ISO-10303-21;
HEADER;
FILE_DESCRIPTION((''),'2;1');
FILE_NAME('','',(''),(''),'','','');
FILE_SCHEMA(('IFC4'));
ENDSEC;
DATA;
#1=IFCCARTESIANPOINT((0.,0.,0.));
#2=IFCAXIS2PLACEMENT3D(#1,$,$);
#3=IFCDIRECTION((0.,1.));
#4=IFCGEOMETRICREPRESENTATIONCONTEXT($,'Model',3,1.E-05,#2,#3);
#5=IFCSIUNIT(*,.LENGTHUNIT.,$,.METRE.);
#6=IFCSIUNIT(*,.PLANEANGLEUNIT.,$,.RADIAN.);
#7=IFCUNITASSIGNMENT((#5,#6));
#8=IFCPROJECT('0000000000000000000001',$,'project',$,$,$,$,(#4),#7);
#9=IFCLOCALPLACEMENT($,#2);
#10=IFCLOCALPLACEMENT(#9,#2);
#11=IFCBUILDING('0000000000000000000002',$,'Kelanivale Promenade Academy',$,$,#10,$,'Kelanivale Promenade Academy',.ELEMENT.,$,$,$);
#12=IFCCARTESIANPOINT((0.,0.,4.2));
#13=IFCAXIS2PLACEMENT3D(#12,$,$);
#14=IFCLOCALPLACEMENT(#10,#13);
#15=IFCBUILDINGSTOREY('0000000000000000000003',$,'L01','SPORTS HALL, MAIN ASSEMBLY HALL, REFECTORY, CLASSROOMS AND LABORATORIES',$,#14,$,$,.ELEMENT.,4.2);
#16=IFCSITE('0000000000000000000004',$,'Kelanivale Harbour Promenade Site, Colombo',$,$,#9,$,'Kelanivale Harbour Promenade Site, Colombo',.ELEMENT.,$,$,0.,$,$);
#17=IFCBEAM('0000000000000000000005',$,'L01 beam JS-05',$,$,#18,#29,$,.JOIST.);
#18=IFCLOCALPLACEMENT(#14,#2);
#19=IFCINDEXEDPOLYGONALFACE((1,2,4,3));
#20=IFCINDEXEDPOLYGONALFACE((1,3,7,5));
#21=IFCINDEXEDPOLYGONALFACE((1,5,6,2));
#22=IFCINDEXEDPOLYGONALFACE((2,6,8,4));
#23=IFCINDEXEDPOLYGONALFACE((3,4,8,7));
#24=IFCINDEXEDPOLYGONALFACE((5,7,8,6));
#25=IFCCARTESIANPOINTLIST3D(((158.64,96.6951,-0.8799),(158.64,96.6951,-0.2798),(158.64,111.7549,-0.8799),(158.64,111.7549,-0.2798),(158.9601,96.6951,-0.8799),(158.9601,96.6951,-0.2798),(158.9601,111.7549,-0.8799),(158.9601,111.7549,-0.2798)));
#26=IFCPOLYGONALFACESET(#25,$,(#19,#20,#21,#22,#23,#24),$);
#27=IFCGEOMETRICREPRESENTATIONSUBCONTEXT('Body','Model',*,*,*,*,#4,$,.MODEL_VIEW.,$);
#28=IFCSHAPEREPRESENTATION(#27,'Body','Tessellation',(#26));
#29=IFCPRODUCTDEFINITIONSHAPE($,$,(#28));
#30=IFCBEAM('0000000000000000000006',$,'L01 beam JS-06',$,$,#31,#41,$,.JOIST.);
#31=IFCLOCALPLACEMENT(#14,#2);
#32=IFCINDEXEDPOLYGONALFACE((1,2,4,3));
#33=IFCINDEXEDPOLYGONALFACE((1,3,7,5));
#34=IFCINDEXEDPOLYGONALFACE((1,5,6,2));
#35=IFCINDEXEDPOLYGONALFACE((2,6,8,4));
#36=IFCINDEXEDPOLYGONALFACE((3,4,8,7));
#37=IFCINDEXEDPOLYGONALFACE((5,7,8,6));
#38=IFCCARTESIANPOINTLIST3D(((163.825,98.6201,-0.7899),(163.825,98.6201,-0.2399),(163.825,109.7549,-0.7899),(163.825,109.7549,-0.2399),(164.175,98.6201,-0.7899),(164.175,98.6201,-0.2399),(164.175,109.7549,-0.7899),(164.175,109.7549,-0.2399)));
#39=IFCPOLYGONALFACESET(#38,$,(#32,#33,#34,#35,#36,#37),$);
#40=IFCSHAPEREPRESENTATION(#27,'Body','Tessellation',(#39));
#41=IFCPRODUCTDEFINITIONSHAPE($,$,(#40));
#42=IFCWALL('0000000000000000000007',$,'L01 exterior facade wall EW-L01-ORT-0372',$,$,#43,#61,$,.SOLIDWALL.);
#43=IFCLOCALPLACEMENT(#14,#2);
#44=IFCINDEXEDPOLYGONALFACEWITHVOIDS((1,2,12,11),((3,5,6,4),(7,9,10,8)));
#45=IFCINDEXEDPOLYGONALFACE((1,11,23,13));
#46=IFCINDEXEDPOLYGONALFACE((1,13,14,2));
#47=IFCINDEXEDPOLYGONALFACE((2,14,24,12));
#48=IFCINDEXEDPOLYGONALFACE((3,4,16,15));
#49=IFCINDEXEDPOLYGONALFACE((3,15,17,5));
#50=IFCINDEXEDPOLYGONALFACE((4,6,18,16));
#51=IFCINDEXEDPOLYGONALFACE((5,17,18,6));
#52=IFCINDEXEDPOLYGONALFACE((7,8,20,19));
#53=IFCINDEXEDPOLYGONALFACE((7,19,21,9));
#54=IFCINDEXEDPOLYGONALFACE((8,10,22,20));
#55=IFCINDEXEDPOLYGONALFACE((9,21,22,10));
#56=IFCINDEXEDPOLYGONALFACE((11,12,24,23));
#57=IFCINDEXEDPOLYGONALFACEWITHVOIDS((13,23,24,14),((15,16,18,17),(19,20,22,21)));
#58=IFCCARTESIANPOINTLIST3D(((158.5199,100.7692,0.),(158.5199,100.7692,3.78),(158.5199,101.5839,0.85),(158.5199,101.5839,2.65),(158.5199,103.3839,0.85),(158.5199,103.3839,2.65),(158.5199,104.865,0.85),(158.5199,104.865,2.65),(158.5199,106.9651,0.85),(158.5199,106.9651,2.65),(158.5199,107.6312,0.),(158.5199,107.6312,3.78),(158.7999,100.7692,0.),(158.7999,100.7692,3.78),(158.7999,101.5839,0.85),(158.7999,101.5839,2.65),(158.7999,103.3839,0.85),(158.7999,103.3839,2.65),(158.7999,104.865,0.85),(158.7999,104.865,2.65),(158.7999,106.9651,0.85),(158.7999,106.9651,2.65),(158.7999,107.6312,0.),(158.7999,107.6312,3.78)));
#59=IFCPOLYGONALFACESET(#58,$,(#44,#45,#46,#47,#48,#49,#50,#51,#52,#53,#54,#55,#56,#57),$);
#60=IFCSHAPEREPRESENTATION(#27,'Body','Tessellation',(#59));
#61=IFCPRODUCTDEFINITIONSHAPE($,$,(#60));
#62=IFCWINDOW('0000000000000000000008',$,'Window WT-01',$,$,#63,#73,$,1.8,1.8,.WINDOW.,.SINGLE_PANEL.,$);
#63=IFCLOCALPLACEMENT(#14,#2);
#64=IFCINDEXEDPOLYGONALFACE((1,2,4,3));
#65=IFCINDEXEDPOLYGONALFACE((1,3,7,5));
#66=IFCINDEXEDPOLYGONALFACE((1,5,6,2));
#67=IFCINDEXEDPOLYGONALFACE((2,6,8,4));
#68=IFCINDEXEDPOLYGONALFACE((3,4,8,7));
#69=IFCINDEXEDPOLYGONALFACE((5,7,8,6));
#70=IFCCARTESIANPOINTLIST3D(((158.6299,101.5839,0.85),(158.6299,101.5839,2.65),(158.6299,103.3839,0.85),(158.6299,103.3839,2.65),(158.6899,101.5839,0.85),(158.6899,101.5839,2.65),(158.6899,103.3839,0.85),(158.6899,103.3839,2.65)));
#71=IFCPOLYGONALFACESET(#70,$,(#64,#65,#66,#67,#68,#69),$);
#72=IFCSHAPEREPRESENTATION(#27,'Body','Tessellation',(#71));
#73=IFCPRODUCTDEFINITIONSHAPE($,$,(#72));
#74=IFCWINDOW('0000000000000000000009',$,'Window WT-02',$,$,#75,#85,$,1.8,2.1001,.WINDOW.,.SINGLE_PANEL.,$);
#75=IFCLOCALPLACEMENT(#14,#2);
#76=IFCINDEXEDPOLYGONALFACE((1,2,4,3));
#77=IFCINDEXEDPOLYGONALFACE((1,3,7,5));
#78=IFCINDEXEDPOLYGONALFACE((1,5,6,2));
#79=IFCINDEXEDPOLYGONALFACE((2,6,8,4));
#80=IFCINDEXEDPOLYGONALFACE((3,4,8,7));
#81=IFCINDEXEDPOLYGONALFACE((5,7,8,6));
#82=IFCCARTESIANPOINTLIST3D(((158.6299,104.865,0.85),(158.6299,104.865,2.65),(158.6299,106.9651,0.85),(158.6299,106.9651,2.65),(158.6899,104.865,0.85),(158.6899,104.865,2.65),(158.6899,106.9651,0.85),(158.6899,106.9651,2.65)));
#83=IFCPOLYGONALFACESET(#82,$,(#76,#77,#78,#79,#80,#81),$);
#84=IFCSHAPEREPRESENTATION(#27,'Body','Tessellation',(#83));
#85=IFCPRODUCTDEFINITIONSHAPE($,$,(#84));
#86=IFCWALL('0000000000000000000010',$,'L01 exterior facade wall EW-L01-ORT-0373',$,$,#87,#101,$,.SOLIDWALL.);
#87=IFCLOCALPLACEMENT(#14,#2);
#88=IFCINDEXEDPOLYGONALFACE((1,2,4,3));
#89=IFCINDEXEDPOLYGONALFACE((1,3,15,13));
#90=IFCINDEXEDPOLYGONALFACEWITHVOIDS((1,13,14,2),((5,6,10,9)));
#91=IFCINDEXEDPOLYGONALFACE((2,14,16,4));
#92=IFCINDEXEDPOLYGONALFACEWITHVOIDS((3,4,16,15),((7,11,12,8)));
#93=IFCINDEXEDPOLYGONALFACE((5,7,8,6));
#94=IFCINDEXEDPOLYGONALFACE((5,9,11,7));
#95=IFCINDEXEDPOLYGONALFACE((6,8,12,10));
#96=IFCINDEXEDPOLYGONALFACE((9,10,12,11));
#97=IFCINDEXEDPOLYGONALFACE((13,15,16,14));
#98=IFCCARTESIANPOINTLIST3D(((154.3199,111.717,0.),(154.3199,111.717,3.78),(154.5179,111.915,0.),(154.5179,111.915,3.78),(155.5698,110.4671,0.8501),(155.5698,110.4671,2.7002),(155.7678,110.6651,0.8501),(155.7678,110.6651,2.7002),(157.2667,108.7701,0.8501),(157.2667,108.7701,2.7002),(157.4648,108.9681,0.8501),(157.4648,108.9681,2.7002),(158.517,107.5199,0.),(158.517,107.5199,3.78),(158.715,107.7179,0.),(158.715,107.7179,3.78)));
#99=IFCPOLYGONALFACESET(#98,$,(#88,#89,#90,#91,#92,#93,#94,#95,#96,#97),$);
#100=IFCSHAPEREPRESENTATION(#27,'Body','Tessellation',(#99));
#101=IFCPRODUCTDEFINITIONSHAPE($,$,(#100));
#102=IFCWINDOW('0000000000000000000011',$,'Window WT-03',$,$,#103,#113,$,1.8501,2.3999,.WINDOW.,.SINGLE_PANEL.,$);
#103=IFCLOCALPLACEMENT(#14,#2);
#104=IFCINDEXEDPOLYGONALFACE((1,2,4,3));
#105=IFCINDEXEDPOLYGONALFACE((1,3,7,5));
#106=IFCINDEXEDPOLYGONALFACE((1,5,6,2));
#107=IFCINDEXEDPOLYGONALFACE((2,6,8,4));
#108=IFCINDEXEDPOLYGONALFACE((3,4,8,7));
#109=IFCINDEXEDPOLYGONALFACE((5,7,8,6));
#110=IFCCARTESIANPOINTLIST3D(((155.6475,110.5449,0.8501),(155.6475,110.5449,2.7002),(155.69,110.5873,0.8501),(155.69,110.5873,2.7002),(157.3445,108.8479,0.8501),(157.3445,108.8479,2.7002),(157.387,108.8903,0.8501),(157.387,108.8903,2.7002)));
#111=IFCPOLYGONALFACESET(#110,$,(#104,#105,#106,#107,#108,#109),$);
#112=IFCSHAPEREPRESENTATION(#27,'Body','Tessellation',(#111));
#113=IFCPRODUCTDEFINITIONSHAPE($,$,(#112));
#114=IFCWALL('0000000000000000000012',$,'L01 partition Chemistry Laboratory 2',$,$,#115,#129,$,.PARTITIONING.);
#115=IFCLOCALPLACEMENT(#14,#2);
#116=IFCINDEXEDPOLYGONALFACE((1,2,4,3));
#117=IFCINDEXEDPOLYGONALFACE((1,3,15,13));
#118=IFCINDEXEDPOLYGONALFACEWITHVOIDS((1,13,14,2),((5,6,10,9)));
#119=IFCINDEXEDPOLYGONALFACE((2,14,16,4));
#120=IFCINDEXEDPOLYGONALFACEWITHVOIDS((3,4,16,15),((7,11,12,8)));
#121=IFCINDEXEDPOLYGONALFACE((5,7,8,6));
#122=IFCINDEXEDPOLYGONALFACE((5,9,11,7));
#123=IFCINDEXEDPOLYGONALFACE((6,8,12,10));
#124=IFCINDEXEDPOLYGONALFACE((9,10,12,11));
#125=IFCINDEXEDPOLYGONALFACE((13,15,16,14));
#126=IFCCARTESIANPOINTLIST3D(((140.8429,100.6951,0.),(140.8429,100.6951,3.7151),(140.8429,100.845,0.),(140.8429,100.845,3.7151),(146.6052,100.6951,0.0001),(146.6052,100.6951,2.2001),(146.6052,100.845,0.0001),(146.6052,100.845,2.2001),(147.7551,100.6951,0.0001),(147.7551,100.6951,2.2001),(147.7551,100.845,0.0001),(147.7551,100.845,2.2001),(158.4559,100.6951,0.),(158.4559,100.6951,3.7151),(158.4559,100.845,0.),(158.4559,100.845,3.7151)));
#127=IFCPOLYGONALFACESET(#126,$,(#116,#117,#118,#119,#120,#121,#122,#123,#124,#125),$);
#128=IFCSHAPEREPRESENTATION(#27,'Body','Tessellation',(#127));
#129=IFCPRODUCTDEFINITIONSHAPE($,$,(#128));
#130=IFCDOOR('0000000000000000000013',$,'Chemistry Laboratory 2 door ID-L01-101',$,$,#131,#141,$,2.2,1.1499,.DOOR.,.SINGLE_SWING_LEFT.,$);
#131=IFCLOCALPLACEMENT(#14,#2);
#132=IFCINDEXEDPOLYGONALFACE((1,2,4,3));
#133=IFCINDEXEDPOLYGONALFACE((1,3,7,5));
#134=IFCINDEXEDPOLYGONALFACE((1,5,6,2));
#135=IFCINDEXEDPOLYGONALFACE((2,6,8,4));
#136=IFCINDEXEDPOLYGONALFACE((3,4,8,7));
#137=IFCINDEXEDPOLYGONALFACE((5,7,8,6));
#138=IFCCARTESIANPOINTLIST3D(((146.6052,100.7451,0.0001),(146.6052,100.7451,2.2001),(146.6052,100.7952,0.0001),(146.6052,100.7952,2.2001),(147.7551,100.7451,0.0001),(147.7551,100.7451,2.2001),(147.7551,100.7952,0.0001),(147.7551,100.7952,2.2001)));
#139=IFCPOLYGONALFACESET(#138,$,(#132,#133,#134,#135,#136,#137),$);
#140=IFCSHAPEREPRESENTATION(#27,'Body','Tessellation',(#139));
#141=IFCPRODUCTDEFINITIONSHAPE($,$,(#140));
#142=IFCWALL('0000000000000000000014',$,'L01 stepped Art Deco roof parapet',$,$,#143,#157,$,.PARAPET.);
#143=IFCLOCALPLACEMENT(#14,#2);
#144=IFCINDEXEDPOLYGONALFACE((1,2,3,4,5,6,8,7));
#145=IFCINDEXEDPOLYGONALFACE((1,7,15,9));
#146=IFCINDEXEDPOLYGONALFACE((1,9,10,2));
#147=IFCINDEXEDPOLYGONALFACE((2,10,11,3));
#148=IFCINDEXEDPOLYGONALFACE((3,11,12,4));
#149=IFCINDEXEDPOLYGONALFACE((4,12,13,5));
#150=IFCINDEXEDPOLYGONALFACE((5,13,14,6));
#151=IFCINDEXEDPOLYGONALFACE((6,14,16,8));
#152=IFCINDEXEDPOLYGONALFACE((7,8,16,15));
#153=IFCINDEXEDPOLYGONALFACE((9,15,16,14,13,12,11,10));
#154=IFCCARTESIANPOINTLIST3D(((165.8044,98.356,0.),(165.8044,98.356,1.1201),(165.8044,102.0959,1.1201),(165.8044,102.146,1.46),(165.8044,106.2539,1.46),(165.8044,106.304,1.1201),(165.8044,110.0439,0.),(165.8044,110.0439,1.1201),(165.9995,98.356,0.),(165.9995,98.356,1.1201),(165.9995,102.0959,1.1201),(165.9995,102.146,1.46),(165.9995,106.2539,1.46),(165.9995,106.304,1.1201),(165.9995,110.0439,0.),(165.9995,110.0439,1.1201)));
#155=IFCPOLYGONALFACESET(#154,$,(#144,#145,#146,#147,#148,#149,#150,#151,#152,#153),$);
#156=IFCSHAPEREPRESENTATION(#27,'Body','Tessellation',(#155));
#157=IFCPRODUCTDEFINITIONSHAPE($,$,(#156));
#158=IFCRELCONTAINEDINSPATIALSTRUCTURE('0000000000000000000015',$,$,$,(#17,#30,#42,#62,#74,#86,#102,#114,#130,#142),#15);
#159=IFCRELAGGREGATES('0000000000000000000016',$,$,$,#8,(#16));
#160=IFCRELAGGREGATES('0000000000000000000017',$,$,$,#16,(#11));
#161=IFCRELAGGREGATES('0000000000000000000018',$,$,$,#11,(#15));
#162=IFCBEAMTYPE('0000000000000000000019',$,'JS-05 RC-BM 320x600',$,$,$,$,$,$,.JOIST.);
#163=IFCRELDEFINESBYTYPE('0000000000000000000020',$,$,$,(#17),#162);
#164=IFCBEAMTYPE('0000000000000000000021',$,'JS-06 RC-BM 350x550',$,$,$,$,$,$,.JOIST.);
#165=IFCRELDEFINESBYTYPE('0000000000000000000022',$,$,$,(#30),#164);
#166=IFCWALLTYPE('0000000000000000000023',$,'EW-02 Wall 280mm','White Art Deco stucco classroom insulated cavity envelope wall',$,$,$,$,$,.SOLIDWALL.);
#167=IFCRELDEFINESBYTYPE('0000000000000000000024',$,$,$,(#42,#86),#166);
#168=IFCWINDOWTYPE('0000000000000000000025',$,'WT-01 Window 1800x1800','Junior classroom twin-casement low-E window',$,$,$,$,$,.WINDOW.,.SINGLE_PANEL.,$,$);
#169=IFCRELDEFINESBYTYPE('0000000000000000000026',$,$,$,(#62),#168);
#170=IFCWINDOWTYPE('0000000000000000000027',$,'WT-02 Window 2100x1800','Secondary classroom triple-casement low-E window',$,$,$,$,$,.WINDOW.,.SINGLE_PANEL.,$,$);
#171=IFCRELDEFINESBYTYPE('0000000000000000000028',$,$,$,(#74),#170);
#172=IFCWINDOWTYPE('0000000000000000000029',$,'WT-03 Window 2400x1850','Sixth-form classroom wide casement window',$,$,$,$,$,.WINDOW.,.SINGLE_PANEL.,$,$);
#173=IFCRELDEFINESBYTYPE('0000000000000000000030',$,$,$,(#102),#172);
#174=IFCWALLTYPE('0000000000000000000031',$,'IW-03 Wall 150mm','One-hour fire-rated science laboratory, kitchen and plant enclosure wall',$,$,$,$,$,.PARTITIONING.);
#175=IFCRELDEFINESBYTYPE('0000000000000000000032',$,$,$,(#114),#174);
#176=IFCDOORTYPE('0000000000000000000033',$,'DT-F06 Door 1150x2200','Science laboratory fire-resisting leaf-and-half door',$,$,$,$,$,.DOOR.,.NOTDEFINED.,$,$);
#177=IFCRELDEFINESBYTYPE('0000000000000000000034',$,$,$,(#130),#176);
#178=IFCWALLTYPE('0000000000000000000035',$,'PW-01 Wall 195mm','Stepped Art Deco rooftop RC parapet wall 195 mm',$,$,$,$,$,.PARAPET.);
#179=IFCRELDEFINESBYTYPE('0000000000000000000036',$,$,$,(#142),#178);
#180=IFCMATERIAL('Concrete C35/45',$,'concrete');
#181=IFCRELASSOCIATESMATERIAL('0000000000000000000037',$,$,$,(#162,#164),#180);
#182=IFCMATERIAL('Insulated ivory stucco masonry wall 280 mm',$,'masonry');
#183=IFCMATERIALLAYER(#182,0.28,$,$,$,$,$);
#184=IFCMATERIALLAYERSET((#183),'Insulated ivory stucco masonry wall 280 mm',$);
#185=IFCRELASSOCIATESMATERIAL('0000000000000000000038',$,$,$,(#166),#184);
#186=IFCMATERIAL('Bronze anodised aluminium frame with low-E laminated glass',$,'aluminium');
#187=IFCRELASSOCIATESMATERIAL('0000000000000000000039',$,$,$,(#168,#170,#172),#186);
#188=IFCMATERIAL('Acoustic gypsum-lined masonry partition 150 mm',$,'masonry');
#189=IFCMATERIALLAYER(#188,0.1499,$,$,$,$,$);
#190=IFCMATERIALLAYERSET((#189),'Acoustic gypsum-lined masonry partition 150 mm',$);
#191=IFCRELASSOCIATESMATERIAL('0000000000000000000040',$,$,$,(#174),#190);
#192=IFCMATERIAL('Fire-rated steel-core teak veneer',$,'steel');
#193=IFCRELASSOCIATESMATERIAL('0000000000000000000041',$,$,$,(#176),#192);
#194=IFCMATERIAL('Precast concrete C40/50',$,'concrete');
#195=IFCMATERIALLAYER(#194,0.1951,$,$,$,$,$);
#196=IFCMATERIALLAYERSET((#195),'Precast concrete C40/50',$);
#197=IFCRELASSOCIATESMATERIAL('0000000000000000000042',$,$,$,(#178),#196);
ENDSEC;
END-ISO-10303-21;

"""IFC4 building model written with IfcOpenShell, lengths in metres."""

from ifc_helpers import new_model, si_unit, direction, frame, frame_2d, origin, origin_2d, place, context, subcontext, project, spatial, polyline, rectangle, outline, extrude, material, layer, layer_set, material_profile, profile_set, type_object, element, fill, save


model = new_model("IFC4")

# Units and contexts
model_context = context("Model", 3, precision=1e-05, world=origin(), true_north=direction((0.0, 1.0)))
body_context = subcontext(model_context, "Body", "Model", "MODEL_VIEW")
ifc_project = project(units=[si_unit("LENGTHUNIT", "METRE"), si_unit("PLANEANGLEUNIT", "RADIAN")], contexts=[model_context])

# Site, building, storey
site_placement = place(None, origin())
site = spatial("IfcSite", under=ifc_project, at=site_placement, Name="Kelanivale Harbour Promenade Site, Colombo", LongName="Kelanivale Harbour Promenade Site, Colombo", CompositionType="ELEMENT", RefElevation=0.0)
building_placement = place(site_placement, origin())
building = spatial("IfcBuilding", under=site, at=building_placement, Name="Kelanivale Promenade Academy", LongName="Kelanivale Promenade Academy", CompositionType="ELEMENT")
storey_placement = place(building_placement, frame((0.0, 0.0, 4.2)))
storey = spatial("IfcBuildingStorey", under=building, at=storey_placement, Name="L01", Description="SPORTS HALL, MAIN ASSEMBLY HALL, REFECTORY, CLASSROOMS AND LABORATORIES", CompositionType="ELEMENT", Elevation=4.2)

# Beams
ifc_material_1 = material(Name="Concrete C35/45", Category="concrete")
ifc_material_profile_1 = material_profile(ifc_material_1, rectangle(XDim=0.3201, YDim=0.6001, at=origin_2d()), Name="RC-BM 320x600")
ifc_profile_set_1 = profile_set([ifc_material_profile_1], Name="Concrete C35/45")
beam_type_1 = type_object("IfcBeamType", Name="JS-05 RC-BM 320x600", PredefinedType="JOIST", material=ifc_profile_set_1)
beam_1_placement = place(storey_placement, frame((158.8, 96.6951, -0.5798), z_axis=(0.0, 1.0, 0.0), x_axis=(-1.0, 0.0, 0.0)))
element("IfcBeam", 1, at=beam_1_placement, inside=storey, type_object=beam_type_1, Name="L01 beam JS-05", PredefinedType="JOIST", context=body_context, shape_type="SweptSolid", body=[
    extrude(rectangle(XDim=0.3201, YDim=0.6001, at=origin_2d()), origin(), (0.0, 0.0, 1.0), 15.0598),
])
ifc_material_profile_2 = material_profile(ifc_material_1, rectangle(XDim=0.3501, YDim=0.55, at=origin_2d()), Name="RC-BM 350x550")
ifc_profile_set_2 = profile_set([ifc_material_profile_2], Name="Concrete C35/45")
beam_type_2 = type_object("IfcBeamType", Name="JS-06 RC-BM 350x550", PredefinedType="JOIST", material=ifc_profile_set_2)
beam_2_placement = place(storey_placement, frame((164.0, 98.6201, -0.5149), z_axis=(0.0, 1.0, 0.0), x_axis=(-1.0, 0.0, 0.0)))
element("IfcBeam", 2, at=beam_2_placement, inside=storey, type_object=beam_type_2, Name="L01 beam JS-06", PredefinedType="JOIST", context=body_context, shape_type="SweptSolid", body=[
    extrude(rectangle(XDim=0.3501, YDim=0.55, at=origin_2d()), origin(), (0.0, 0.0, 1.0), 11.1348),
])

# Wall, openings, windows
ifc_material_2 = material(Name="Insulated ivory stucco masonry wall 280 mm", Category="masonry")
ifc_layer_1 = layer(ifc_material_2, 0.28)
ifc_layer_set_1 = layer_set([ifc_layer_1], Name="Insulated ivory stucco masonry wall 280 mm")
wall_type_1 = type_object("IfcWallType", Name="EW-02 Wall 280mm", Description="White Art Deco stucco classroom insulated cavity envelope wall", PredefinedType="SOLIDWALL", material=ifc_layer_set_1)
wall_1_placement = place(storey_placement, frame((158.6599, 100.769, 0.0), z_axis=(0.0, 0.0, 1.0), x_axis=(0.0, 1.0, 0.0)))
wall_1 = element("IfcWall", 3, at=wall_1_placement, inside=storey, type_object=wall_type_1, Name="L01 exterior facade wall EW-L01-ORT-0372", PredefinedType="SOLIDWALL", context=body_context, shape_type="SweptSolid", body=[
    extrude(rectangle(XDim=6.8621, YDim=0.28, at=frame_2d((3.4312, 0.0))), origin(), (0.0, 0.0, 1.0), 3.78),
])
opening_1_placement = place(wall_1_placement, frame((0.8149, 0.0, 0.8501)))
opening_1 = element("IfcOpeningElement", 4, at=opening_1_placement, cuts=wall_1, PredefinedType="OPENING", context=body_context, shape_type="SweptSolid", body=[
    extrude(rectangle(XDim=1.8, YDim=1.8, at=frame_2d((0.8999, 0.8999))), frame((0.0, 0.1499, 0.0), z_axis=(0.0, -1.0, 0.0), x_axis=(1.0, 0.0, 0.0)), (0.0, 0.0, 1.0), 0.3),
])
opening_2_placement = place(wall_1_placement, frame((4.0959, 0.0, 0.8501)))
opening_2 = element("IfcOpeningElement", 5, at=opening_2_placement, cuts=wall_1, PredefinedType="OPENING", context=body_context, shape_type="SweptSolid", body=[
    extrude(rectangle(XDim=2.1001, YDim=1.8, at=frame_2d((1.05, 0.8999))), frame((0.0, 0.1499, 0.0), z_axis=(0.0, -1.0, 0.0), x_axis=(1.0, 0.0, 0.0)), (0.0, 0.0, 1.0), 0.3),
])
ifc_material_3 = material(Name="Bronze anodised aluminium frame with low-E laminated glass", Category="aluminium")
window_type_1 = type_object("IfcWindowType", Name="WT-01 Window 1800x1800", Description="Junior classroom twin-casement low-E window", PartitioningType="SINGLE_PANEL", PredefinedType="WINDOW", material=ifc_material_3)
window_1_placement = place(opening_1_placement, origin())
window_1 = element("IfcWindow", 6, at=window_1_placement, inside=storey, type_object=window_type_1, Name="Window WT-01", OverallHeight=1.8, OverallWidth=1.8, PartitioningType="SINGLE_PANEL", PredefinedType="WINDOW", context=body_context, shape_type="SweptSolid", body=[
    extrude(rectangle(XDim=1.8, YDim=1.8, at=frame_2d((0.8999, 0.8999))), frame((0.0, 0.03, 0.0), z_axis=(0.0, -1.0, 0.0), x_axis=(1.0, 0.0, 0.0)), (0.0, 0.0, 1.0), 0.0601),
])
fill(opening_1, window_1)
window_type_2 = type_object("IfcWindowType", Name="WT-02 Window 2100x1800", Description="Secondary classroom triple-casement low-E window", PartitioningType="SINGLE_PANEL", PredefinedType="WINDOW", material=ifc_material_3)
window_2_placement = place(opening_2_placement, origin())
window_2 = element("IfcWindow", 7, at=window_2_placement, inside=storey, type_object=window_type_2, Name="Window WT-02", OverallHeight=1.8, OverallWidth=2.1001, PartitioningType="SINGLE_PANEL", PredefinedType="WINDOW", context=body_context, shape_type="SweptSolid", body=[
    extrude(rectangle(XDim=2.1001, YDim=1.8, at=frame_2d((1.05, 0.8999))), frame((0.0, 0.03, 0.0), z_axis=(0.0, -1.0, 0.0), x_axis=(1.0, 0.0, 0.0)), (0.0, 0.0, 1.0), 0.0601),
])
fill(opening_2, window_2)

# Wall, opening, window
wall_2_placement = place(storey_placement, frame((158.616, 107.6189, 0.0), z_axis=(0.0, 0.0, 1.0), x_axis=(-0.707107, 0.707107, 0.0)))
wall_2 = element("IfcWall", 8, at=wall_2_placement, inside=storey, type_object=wall_type_1, Name="L01 exterior facade wall EW-L01-ORT-0373", PredefinedType="SOLIDWALL", context=body_context, shape_type="SweptSolid", body=[
    extrude(rectangle(XDim=5.9355, YDim=0.28, at=frame_2d((2.9678, 0.0))), origin(), (0.0, 0.0, 1.0), 3.78),
])
opening_3_placement = place(wall_2_placement, frame((1.7681, 0.0, 0.8501)))
opening_3 = element("IfcOpeningElement", 9, at=opening_3_placement, cuts=wall_2, PredefinedType="OPENING", context=body_context, shape_type="SweptSolid", body=[
    extrude(rectangle(XDim=2.3999, YDim=1.8501, at=frame_2d((1.2, 0.925))), frame((0.0, 0.1499, 0.0), z_axis=(0.0, -1.0, 0.0), x_axis=(1.0, 0.0, 0.0)), (0.0, 0.0, 1.0), 0.3),
])
window_type_3 = type_object("IfcWindowType", Name="WT-03 Window 2400x1850", Description="Sixth-form classroom wide casement window", PartitioningType="SINGLE_PANEL", PredefinedType="WINDOW", material=ifc_material_3)
window_3_placement = place(opening_3_placement, origin())
window_3 = element("IfcWindow", 10, at=window_3_placement, inside=storey, type_object=window_type_3, Name="Window WT-03", OverallHeight=1.8501, OverallWidth=2.3999, PartitioningType="SINGLE_PANEL", PredefinedType="WINDOW", context=body_context, shape_type="SweptSolid", body=[
    extrude(rectangle(XDim=2.3999, YDim=1.8501, at=frame_2d((1.2, 0.925))), frame((0.0, 0.03, 0.0), z_axis=(0.0, -1.0, 0.0), x_axis=(1.0, 0.0, 0.0)), (0.0, 0.0, 1.0), 0.0601),
])
fill(opening_3, window_3)

# Wall, opening, door
ifc_material_4 = material(Name="Acoustic gypsum-lined masonry partition 150 mm", Category="masonry")
ifc_layer_2 = layer(ifc_material_4, 0.1499)
ifc_layer_set_2 = layer_set([ifc_layer_2], Name="Acoustic gypsum-lined masonry partition 150 mm")
wall_type_2 = type_object("IfcWallType", Name="IW-03 Wall 150mm", Description="One-hour fire-rated science laboratory, kitchen and plant enclosure wall", PredefinedType="PARTITIONING", material=ifc_layer_set_2)
wall_3_placement = place(storey_placement, frame((158.4561, 100.77, 0.0), z_axis=(0.0, 0.0, 1.0), x_axis=(-1.0, 0.0, 0.0)))
wall_3 = element("IfcWall", 11, at=wall_3_placement, inside=storey, type_object=wall_type_2, Name="L01 partition Chemistry Laboratory 2", PredefinedType="PARTITIONING", context=body_context, shape_type="SweptSolid", body=[
    extrude(rectangle(XDim=17.613, YDim=0.1499, at=frame_2d((8.8066, 0.0))), origin(), (0.0, 0.0, 1.0), 3.7151),
])
opening_4_placement = place(wall_3_placement, frame((10.7009, 0.0, 0.0)))
opening_4 = element("IfcOpeningElement", 12, at=opening_4_placement, cuts=wall_3, PredefinedType="OPENING", context=body_context, shape_type="SweptSolid", body=[
    extrude(rectangle(XDim=1.1499, YDim=2.2, at=frame_2d((0.575, 1.1001))), frame((0.0, 0.085, 0.0), z_axis=(0.0, -1.0, 0.0), x_axis=(1.0, 0.0, 0.0)), (0.0, 0.0, 1.0), 0.1699),
])
ifc_material_5 = material(Name="Fire-rated steel-core teak veneer", Category="steel")
door_type = type_object("IfcDoorType", Name="DT-F06 Door 1150x2200", Description="Science laboratory fire-resisting leaf-and-half door", OperationType="NOTDEFINED", PredefinedType="DOOR", material=ifc_material_5)
door_placement = place(opening_4_placement, origin())
door = element("IfcDoor", 13, at=door_placement, inside=storey, type_object=door_type, Name="Chemistry Laboratory 2 door ID-L01-101", OperationType="SINGLE_SWING_LEFT", OverallHeight=2.2, OverallWidth=1.1499, PredefinedType="DOOR", context=body_context, shape_type="SweptSolid", body=[
    extrude(rectangle(XDim=1.1499, YDim=2.2, at=frame_2d((0.575, 1.1001))), frame((0.0, 0.0249, 0.0), z_axis=(0.0, -1.0, 0.0), x_axis=(1.0, 0.0, 0.0)), (0.0, 0.0, 1.0), 0.05),
])
fill(opening_4, door)

# Wall
ifc_material_6 = material(Name="Precast concrete C40/50", Category="concrete")
ifc_layer_3 = layer(ifc_material_6, 0.1951)
ifc_layer_set_3 = layer_set([ifc_layer_3], Name="Precast concrete C40/50")
wall_type_3 = type_object("IfcWallType", Name="PW-01 Wall 195mm", Description="Stepped Art Deco rooftop RC parapet wall 195 mm", PredefinedType="PARAPET", material=ifc_layer_set_3)
wall_4_placement = place(storey_placement, frame((165.9021, 98.356, 0.0), z_axis=(0.0, 0.0, 1.0), x_axis=(0.0, 1.0, 0.0)))
element("IfcWall", 14, at=wall_4_placement, inside=storey, type_object=wall_type_3, Name="L01 stepped Art Deco roof parapet", PredefinedType="PARAPET", context=body_context, shape_type="SweptSolid", body=[
    extrude(outline(polyline([(0.0, 0.0), (11.688, 0.0), (11.688, 1.1201), (7.948, 1.1201), (7.8979, 1.46), (3.79, 1.46), (3.74, 1.1201), (0.0, 1.1201), (0.0, 0.0)])), frame((0.0, 0.0977, 0.0), z_axis=(0.0, -1.0, 0.0), x_axis=(1.0, 0.0, 0.0)), (0.0, 0.0, 1.0), 0.1951),
])

save(model, "model.ifc")
